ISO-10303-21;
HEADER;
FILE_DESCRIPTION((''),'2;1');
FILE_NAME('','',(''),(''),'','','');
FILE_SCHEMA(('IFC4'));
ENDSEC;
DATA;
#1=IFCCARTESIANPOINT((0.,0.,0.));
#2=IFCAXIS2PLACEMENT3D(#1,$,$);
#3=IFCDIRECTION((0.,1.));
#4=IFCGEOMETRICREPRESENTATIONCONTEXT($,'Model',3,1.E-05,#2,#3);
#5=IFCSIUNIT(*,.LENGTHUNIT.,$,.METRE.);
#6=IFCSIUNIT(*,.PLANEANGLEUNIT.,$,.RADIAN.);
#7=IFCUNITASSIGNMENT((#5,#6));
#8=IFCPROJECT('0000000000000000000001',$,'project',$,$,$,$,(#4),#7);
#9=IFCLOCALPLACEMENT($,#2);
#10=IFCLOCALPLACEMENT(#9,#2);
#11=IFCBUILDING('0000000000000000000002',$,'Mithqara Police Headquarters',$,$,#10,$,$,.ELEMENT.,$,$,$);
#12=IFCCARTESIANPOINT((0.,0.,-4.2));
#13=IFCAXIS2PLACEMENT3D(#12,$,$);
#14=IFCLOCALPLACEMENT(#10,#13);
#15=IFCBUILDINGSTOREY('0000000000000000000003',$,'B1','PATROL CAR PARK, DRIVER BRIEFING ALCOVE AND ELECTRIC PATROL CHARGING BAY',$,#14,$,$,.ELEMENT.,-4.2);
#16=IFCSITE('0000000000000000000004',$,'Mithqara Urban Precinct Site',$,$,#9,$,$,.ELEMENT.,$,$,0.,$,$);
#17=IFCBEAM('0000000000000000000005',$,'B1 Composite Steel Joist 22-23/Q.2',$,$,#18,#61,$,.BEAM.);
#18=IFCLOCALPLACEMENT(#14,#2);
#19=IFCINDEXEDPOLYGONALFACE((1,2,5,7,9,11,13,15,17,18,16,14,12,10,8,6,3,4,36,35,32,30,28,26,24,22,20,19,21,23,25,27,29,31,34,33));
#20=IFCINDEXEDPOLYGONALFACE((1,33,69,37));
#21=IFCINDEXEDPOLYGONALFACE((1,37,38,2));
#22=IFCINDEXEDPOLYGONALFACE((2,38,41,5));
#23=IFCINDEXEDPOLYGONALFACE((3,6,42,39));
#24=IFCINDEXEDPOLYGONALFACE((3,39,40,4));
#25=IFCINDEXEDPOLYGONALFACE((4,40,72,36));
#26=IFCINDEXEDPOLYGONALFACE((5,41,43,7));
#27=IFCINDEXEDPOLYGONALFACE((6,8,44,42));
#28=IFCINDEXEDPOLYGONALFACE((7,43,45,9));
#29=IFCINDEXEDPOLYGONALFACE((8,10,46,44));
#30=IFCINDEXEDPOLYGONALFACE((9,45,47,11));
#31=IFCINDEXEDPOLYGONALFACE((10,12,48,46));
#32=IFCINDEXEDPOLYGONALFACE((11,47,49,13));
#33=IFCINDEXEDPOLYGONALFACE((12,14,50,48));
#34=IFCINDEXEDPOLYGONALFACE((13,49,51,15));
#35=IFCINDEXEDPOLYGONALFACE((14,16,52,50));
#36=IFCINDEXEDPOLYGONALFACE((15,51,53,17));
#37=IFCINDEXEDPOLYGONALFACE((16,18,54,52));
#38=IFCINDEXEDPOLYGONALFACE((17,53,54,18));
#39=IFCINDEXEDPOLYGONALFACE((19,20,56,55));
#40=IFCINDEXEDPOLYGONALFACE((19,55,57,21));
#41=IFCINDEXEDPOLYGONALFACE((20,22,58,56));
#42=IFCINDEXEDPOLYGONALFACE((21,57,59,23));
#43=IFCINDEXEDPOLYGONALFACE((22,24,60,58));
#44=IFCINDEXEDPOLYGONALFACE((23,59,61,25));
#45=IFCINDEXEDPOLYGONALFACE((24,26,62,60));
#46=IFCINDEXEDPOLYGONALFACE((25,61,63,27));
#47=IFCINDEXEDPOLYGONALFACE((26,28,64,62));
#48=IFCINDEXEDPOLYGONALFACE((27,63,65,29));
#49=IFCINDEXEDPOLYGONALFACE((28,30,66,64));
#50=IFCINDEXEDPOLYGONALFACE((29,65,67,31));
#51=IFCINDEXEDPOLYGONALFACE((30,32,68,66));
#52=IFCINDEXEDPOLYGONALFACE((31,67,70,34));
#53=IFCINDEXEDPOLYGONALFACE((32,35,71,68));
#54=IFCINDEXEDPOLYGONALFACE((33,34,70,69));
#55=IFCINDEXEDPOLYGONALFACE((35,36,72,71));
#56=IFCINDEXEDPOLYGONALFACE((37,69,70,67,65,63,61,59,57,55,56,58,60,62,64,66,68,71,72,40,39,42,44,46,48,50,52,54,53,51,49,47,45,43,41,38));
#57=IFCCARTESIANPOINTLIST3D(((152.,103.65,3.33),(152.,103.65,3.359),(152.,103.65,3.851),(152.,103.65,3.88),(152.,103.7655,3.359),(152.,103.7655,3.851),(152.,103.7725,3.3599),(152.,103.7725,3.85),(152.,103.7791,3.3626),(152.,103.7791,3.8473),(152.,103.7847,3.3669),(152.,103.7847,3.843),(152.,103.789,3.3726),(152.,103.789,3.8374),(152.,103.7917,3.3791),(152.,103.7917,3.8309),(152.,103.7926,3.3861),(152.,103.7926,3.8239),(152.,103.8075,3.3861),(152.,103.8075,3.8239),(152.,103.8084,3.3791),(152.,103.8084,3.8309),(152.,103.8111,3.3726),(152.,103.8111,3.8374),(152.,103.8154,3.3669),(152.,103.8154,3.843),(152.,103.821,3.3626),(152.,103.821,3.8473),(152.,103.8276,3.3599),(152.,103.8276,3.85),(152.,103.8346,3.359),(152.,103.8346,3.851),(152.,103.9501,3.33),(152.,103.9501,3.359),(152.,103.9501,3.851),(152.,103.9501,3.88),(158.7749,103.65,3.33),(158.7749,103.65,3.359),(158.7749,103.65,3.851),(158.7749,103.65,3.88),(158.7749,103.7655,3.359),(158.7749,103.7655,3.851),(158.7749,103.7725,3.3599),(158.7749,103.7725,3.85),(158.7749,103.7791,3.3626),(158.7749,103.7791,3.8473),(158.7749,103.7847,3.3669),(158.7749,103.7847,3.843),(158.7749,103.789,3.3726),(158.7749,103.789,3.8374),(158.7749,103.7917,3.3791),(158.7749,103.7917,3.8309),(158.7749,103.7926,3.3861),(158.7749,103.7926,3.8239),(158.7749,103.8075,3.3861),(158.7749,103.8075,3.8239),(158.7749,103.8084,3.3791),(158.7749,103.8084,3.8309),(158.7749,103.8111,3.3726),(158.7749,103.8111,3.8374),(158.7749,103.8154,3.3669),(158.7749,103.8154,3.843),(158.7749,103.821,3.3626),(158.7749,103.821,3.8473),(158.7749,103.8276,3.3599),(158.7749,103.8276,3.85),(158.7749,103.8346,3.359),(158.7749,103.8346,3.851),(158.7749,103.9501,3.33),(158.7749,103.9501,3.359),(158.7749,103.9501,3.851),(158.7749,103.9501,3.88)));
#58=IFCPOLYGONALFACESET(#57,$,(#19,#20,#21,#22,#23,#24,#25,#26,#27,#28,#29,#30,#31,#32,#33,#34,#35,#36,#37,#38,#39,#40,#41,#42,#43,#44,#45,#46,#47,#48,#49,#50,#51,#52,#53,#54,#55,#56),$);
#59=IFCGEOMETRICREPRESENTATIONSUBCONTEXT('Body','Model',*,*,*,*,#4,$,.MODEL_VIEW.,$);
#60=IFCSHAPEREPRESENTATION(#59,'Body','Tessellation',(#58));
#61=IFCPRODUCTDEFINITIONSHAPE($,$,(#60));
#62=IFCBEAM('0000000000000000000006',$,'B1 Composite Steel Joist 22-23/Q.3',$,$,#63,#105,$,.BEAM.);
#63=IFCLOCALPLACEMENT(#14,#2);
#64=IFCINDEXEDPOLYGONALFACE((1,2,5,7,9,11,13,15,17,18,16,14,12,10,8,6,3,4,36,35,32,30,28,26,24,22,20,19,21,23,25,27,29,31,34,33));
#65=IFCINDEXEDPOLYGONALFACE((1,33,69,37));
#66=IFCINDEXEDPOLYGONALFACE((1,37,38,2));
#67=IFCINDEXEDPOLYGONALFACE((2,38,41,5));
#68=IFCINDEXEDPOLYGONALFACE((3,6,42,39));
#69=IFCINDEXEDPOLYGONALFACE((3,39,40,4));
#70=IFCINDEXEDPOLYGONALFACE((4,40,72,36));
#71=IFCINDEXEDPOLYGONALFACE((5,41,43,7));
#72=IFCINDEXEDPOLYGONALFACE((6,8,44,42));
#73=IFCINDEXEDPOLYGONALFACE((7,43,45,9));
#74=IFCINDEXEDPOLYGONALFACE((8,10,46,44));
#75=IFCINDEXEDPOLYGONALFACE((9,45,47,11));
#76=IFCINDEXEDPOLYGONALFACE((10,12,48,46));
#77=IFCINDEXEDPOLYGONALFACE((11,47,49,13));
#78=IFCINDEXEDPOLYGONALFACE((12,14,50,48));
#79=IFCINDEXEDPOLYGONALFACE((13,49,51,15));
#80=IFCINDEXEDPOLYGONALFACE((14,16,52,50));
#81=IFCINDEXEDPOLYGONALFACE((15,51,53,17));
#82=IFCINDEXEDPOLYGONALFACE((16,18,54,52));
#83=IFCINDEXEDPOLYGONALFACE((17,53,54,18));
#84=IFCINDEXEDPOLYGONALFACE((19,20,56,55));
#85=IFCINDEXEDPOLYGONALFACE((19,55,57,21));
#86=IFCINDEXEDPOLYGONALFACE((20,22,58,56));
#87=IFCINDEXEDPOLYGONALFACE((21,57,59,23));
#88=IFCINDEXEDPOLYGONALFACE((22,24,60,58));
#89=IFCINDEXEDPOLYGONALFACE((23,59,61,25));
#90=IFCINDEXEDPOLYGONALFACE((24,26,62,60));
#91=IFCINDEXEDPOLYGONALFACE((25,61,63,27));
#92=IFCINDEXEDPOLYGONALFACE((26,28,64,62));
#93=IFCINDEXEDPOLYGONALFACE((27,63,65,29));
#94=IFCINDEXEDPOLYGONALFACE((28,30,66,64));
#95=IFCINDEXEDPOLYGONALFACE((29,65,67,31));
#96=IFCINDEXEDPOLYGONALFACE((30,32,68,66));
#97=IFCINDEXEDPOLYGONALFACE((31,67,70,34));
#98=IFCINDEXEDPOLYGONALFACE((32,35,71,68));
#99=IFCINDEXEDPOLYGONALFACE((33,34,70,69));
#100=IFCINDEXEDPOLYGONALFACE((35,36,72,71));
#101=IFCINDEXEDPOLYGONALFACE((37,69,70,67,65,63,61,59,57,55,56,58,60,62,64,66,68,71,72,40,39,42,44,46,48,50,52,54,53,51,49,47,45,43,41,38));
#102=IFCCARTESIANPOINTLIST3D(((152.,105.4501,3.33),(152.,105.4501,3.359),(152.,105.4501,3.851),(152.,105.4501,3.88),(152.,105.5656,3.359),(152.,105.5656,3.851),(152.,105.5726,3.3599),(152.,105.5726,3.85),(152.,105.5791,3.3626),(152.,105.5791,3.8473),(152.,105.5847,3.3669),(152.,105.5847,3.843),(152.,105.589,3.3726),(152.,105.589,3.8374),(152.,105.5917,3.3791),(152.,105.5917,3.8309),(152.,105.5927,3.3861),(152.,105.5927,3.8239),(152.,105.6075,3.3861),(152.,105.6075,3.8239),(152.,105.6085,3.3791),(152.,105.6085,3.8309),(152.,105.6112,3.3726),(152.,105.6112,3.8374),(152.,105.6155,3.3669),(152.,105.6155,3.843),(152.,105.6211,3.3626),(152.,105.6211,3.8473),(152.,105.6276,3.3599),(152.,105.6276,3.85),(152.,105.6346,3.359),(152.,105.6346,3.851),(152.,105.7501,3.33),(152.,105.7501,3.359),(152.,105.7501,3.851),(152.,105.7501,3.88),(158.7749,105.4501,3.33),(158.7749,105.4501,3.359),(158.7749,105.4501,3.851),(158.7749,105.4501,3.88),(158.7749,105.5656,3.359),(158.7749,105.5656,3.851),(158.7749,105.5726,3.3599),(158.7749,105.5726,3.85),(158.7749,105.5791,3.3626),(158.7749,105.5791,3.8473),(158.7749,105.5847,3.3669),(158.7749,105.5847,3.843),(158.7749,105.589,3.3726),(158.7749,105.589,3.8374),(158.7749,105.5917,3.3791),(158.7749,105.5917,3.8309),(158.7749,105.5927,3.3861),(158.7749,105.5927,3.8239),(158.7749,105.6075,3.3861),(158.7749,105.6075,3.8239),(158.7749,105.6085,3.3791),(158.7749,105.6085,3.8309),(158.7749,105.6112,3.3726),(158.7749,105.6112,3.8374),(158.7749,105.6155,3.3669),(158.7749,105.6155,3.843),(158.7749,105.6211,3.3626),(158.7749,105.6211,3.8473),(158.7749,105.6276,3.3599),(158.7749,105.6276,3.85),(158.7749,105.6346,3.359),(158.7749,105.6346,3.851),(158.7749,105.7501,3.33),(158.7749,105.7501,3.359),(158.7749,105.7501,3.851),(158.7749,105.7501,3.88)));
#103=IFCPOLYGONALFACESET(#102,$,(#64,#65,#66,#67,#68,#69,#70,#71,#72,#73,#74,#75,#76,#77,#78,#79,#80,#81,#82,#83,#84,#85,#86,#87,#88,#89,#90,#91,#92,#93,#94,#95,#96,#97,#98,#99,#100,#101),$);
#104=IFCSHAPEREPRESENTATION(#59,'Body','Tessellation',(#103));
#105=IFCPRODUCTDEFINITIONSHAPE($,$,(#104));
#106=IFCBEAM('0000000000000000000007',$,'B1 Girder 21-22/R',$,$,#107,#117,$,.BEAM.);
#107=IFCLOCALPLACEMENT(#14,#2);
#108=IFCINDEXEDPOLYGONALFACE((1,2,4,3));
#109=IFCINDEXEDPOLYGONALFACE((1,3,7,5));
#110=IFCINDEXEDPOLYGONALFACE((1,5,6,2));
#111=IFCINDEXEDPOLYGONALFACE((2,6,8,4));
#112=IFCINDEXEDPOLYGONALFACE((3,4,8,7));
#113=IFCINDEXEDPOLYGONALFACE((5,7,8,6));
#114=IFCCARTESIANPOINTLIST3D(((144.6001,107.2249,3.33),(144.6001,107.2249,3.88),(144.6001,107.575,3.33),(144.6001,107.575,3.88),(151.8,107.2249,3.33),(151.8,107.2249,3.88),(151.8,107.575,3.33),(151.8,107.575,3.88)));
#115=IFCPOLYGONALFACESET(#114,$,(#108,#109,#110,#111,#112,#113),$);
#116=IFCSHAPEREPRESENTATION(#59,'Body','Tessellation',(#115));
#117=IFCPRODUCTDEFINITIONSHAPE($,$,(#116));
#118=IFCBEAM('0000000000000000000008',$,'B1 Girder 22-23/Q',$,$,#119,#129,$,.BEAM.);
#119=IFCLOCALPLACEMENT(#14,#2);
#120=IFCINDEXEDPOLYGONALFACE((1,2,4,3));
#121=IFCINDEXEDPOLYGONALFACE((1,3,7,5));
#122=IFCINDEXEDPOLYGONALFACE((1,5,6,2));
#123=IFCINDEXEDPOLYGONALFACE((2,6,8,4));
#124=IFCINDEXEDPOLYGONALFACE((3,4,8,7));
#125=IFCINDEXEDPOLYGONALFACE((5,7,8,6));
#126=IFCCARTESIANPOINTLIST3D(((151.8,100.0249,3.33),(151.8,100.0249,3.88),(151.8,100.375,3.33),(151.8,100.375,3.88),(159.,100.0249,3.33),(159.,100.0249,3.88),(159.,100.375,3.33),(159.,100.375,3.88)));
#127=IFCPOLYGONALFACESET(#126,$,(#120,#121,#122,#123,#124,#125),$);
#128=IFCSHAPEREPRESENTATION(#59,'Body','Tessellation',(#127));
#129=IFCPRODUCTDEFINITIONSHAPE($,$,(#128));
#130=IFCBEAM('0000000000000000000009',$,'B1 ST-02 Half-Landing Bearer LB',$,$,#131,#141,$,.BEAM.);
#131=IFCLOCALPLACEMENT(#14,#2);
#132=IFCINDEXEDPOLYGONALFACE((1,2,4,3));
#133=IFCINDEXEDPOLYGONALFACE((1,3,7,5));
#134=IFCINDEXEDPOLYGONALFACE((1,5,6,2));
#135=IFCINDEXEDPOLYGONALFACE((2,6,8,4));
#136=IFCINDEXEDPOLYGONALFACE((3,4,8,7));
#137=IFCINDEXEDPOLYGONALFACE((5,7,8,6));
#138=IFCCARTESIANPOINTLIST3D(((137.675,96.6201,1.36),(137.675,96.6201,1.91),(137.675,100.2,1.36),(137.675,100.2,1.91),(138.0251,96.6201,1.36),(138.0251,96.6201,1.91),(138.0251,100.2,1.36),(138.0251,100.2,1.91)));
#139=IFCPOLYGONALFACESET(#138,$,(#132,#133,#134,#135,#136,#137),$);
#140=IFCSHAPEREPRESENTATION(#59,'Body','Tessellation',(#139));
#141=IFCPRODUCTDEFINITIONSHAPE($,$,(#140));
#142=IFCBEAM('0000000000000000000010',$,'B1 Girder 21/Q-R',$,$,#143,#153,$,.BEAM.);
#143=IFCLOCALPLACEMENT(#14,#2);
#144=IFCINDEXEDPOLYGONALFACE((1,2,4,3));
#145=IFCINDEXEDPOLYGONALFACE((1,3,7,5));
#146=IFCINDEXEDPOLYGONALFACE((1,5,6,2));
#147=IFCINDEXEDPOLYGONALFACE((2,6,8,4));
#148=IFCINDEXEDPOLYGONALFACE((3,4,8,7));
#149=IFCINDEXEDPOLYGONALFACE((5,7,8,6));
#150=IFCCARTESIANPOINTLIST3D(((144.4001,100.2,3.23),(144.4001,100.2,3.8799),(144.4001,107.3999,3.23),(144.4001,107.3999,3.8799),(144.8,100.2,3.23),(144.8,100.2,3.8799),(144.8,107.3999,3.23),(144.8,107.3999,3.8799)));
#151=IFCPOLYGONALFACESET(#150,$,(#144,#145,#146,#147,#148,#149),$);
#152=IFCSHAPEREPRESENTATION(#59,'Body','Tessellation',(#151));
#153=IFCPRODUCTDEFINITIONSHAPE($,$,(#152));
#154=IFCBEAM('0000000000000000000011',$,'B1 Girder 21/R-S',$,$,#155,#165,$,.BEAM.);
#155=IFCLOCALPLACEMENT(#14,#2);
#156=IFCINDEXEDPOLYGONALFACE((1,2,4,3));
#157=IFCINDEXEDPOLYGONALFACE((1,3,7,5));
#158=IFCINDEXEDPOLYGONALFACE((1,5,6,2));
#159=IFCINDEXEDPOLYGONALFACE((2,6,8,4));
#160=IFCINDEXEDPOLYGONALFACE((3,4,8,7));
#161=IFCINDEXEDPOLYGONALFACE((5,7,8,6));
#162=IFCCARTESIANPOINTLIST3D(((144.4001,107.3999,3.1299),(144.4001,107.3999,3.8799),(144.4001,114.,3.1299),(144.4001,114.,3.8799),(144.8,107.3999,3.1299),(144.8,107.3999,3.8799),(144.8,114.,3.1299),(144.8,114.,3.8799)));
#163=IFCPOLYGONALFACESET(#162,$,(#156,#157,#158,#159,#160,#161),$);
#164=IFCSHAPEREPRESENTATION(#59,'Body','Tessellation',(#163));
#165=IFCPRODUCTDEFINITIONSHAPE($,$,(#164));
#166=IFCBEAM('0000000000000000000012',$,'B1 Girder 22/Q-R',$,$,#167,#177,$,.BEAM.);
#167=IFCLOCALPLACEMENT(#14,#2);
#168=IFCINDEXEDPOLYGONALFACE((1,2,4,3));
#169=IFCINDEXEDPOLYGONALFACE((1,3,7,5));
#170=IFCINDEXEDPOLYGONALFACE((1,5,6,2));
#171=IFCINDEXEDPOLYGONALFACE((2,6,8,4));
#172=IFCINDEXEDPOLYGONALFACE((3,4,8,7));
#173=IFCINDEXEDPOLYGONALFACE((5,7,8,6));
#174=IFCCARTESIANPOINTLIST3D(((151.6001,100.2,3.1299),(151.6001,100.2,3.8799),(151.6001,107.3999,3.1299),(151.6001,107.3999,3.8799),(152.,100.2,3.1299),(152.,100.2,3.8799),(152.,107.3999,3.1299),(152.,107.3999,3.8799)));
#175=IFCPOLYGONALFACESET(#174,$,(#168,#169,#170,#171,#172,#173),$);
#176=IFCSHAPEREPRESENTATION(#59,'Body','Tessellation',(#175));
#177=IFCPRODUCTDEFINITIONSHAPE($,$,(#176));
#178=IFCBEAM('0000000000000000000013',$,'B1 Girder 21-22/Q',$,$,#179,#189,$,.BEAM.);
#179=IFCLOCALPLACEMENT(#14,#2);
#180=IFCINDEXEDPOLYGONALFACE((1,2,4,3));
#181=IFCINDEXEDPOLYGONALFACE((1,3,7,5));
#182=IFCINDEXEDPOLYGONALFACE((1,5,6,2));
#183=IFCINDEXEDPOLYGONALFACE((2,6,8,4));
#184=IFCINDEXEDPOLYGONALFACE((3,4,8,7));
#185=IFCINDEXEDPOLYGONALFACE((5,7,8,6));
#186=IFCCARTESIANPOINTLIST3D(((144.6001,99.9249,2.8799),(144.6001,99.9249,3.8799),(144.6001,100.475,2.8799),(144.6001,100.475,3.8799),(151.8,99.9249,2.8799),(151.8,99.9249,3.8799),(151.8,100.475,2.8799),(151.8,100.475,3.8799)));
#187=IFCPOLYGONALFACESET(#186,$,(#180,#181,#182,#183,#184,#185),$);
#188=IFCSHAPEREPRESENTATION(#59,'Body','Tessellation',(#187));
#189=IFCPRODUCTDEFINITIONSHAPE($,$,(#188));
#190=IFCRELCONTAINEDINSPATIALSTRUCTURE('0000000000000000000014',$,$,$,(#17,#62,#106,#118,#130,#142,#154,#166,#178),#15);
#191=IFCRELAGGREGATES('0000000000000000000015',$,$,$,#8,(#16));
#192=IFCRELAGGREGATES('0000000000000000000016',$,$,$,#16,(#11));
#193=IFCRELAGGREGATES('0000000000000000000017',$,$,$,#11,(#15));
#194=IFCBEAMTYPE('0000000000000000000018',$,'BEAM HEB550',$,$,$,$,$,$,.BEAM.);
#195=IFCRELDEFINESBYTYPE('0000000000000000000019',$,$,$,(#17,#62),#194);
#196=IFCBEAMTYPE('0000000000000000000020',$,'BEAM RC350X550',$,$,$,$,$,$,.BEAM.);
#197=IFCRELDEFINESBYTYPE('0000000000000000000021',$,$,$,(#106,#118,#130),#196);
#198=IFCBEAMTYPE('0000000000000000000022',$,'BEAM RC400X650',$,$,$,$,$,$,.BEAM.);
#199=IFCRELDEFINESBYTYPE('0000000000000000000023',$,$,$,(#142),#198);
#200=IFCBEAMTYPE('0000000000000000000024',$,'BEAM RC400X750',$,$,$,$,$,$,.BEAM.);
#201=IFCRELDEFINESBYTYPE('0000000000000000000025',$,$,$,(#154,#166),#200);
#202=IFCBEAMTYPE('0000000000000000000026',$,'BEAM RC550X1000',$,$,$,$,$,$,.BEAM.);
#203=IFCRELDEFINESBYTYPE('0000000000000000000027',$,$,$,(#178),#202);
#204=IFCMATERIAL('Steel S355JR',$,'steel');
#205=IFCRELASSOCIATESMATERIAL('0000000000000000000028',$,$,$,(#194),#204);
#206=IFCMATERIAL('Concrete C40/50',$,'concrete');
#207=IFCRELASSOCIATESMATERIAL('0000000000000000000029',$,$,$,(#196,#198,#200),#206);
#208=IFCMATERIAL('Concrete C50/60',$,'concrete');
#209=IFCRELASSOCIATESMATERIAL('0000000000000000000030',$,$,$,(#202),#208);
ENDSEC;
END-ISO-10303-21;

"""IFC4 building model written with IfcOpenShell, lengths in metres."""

from ifc_helpers import new_model, si_unit, direction, frame, origin, origin_2d, place, context, subcontext, project, spatial, rectangle, i_section, extrude, material, material_profile, profile_set, type_object, element, save


model = new_model("IFC4")

# Units and contexts
model_context = context("Model", 3, precision=1e-05, world=origin(), true_north=direction((0.0, 1.0)))
body_context = subcontext(model_context, "Body", "Model", "MODEL_VIEW")
ifc_project = project(units=[si_unit("LENGTHUNIT", "METRE"), si_unit("PLANEANGLEUNIT", "RADIAN")], contexts=[model_context])

# Site, building, storey
site_placement = place(None, origin())
site = spatial("IfcSite", under=ifc_project, at=site_placement, Name="Mithqara Urban Precinct Site", CompositionType="ELEMENT", RefElevation=0.0)
building_placement = place(site_placement, origin())
building = spatial("IfcBuilding", under=site, at=building_placement, Name="Mithqara Police Headquarters", CompositionType="ELEMENT")
storey_placement = place(building_placement, frame((0.0, 0.0, -4.2)))
storey = spatial("IfcBuildingStorey", under=building, at=storey_placement, Name="B1", Description="PATROL CAR PARK, DRIVER BRIEFING ALCOVE AND ELECTRIC PATROL CHARGING BAY", CompositionType="ELEMENT", Elevation=-4.2)

# Shared definitions
ifc_material_1 = material(Name="Concrete C40/50", Category="concrete")

# Shared definitions
ifc_material_2 = material(Name="Concrete C50/60", Category="concrete")

# Beams
ifc_material_3 = material(Name="Steel S355JR", Category="steel")
ifc_material_profile_1 = material_profile(ifc_material_3, i_section(OverallWidth=0.3, OverallDepth=0.55, WebThickness=0.0149, FlangeThickness=0.0291, FilletRadius=0.0271, at=origin_2d()), Name="HEB 550")
ifc_profile_set_1 = profile_set([ifc_material_profile_1], Name="Steel S355JR")
beam_type_1 = type_object("IfcBeamType", Name="BEAM HEB550", PredefinedType="BEAM", material=ifc_profile_set_1)
for number, where, z_axis, x_axis, name in (
    (1, (152.0, 103.8, 3.605), (1.0, 0.0, 0.0), (0.0, 1.0, 0.0), "B1 Composite Steel Joist 22-23/Q.2"),
    (2, (152.0, 105.6001, 3.605), (1.0, 0.0, 0.0), (0.0, 1.0, 0.0), "B1 Composite Steel Joist 22-23/Q.3"),
):
    element("IfcBeam", number, at=place(storey_placement, frame(where, z_axis=z_axis, x_axis=x_axis)), inside=storey, type_object=beam_type_1, Name=name, PredefinedType="BEAM", context=body_context, shape_type="SweptSolid", body=[
        extrude(i_section(OverallWidth=0.3, OverallDepth=0.55, WebThickness=0.0149, FlangeThickness=0.0291, FilletRadius=0.0271, at=origin_2d()), origin(), (0.0, 0.0, 1.0), 6.7749),
    ])
ifc_material_profile_2 = material_profile(ifc_material_1, rectangle(XDim=0.3501, YDim=0.55, at=origin_2d()), Name="RC 350x550")
ifc_profile_set_2 = profile_set([ifc_material_profile_2], Name="Concrete C40/50")
beam_type_2 = type_object("IfcBeamType", Name="BEAM RC350X550", PredefinedType="BEAM", material=ifc_profile_set_2)
for number, where, z_axis, x_axis, name in (
    (3, (144.6001, 107.3999, 3.605), (1.0, 0.0, 0.0), (0.0, 1.0, 0.0), "B1 Girder 21-22/R"),
    (4, (151.8, 100.2, 3.605), (1.0, 0.0, 0.0), (0.0, 1.0, 0.0), "B1 Girder 22-23/Q"),
):
    element("IfcBeam", number, at=place(storey_placement, frame(where, z_axis=z_axis, x_axis=x_axis)), inside=storey, type_object=beam_type_2, Name=name, PredefinedType="BEAM", context=body_context, shape_type="SweptSolid", body=[
        extrude(rectangle(XDim=0.3501, YDim=0.55, at=origin_2d()), origin(), (0.0, 0.0, 1.0), 7.2),
    ])
beam_1_placement = place(storey_placement, frame((137.8501, 96.6201, 1.635), z_axis=(0.0, 1.0, 0.0), x_axis=(-1.0, 0.0, 0.0)))
element("IfcBeam", 5, at=beam_1_placement, inside=storey, type_object=beam_type_2, Name="B1 ST-02 Half-Landing Bearer LB", PredefinedType="BEAM", context=body_context, shape_type="SweptSolid", body=[
    extrude(rectangle(XDim=0.3501, YDim=0.55, at=origin_2d()), origin(), (0.0, 0.0, 1.0), 3.5798),
])
ifc_material_profile_3 = material_profile(ifc_material_1, rectangle(XDim=0.3999, YDim=0.6499, at=origin_2d()), Name="RC 400x650")
ifc_profile_set_3 = profile_set([ifc_material_profile_3], Name="Concrete C40/50")
beam_type_3 = type_object("IfcBeamType", Name="BEAM RC400X650", PredefinedType="BEAM", material=ifc_profile_set_3)
beam_2_placement = place(storey_placement, frame((144.6001, 100.2, 3.5549), z_axis=(0.0, 1.0, 0.0), x_axis=(-1.0, 0.0, 0.0)))
element("IfcBeam", 6, at=beam_2_placement, inside=storey, type_object=beam_type_3, Name="B1 Girder 21/Q-R", PredefinedType="BEAM", context=body_context, shape_type="SweptSolid", body=[
    extrude(rectangle(XDim=0.3999, YDim=0.6499, at=origin_2d()), origin(), (0.0, 0.0, 1.0), 7.2),
])
ifc_material_profile_4 = material_profile(ifc_material_1, rectangle(XDim=0.3999, YDim=0.75, at=origin_2d()), Name="RC 400x750")
ifc_profile_set_4 = profile_set([ifc_material_profile_4], Name="Concrete C40/50")
beam_type_4 = type_object("IfcBeamType", Name="BEAM RC400X750", PredefinedType="BEAM", material=ifc_profile_set_4)
beam_3_placement = place(storey_placement, frame((144.6001, 107.3999, 3.5049), z_axis=(0.0, 1.0, 0.0), x_axis=(-1.0, 0.0, 0.0)))
element("IfcBeam", 7, at=beam_3_placement, inside=storey, type_object=beam_type_4, Name="B1 Girder 21/R-S", PredefinedType="BEAM", context=body_context, shape_type="SweptSolid", body=[
    extrude(rectangle(XDim=0.3999, YDim=0.75, at=origin_2d()), origin(), (0.0, 0.0, 1.0), 6.6001),
])
beam_4_placement = place(storey_placement, frame((151.8, 100.2, 3.5049), z_axis=(0.0, 1.0, 0.0), x_axis=(-1.0, 0.0, 0.0)))
element("IfcBeam", 8, at=beam_4_placement, inside=storey, type_object=beam_type_4, Name="B1 Girder 22/Q-R", PredefinedType="BEAM", context=body_context, shape_type="SweptSolid", body=[
    extrude(rectangle(XDim=0.3999, YDim=0.75, at=origin_2d()), origin(), (0.0, 0.0, 1.0), 7.2),
])
ifc_material_profile_5 = material_profile(ifc_material_2, rectangle(XDim=0.55, YDim=1.0, at=origin_2d()), Name="RC 550x1000")
ifc_profile_set_5 = profile_set([ifc_material_profile_5], Name="Concrete C50/60")
beam_type_5 = type_object("IfcBeamType", Name="BEAM RC550X1000", PredefinedType="BEAM", material=ifc_profile_set_5)
beam_5_placement = place(storey_placement, frame((144.6001, 100.2, 3.3799), z_axis=(1.0, 0.0, 0.0), x_axis=(0.0, 1.0, 0.0)))
element("IfcBeam", 9, at=beam_5_placement, inside=storey, type_object=beam_type_5, Name="B1 Girder 21-22/Q", PredefinedType="BEAM", context=body_context, shape_type="SweptSolid", body=[
    extrude(rectangle(XDim=0.55, YDim=1.0, at=origin_2d()), origin(), (0.0, 0.0, 1.0), 7.2),
])

save(model, "model.ifc")
